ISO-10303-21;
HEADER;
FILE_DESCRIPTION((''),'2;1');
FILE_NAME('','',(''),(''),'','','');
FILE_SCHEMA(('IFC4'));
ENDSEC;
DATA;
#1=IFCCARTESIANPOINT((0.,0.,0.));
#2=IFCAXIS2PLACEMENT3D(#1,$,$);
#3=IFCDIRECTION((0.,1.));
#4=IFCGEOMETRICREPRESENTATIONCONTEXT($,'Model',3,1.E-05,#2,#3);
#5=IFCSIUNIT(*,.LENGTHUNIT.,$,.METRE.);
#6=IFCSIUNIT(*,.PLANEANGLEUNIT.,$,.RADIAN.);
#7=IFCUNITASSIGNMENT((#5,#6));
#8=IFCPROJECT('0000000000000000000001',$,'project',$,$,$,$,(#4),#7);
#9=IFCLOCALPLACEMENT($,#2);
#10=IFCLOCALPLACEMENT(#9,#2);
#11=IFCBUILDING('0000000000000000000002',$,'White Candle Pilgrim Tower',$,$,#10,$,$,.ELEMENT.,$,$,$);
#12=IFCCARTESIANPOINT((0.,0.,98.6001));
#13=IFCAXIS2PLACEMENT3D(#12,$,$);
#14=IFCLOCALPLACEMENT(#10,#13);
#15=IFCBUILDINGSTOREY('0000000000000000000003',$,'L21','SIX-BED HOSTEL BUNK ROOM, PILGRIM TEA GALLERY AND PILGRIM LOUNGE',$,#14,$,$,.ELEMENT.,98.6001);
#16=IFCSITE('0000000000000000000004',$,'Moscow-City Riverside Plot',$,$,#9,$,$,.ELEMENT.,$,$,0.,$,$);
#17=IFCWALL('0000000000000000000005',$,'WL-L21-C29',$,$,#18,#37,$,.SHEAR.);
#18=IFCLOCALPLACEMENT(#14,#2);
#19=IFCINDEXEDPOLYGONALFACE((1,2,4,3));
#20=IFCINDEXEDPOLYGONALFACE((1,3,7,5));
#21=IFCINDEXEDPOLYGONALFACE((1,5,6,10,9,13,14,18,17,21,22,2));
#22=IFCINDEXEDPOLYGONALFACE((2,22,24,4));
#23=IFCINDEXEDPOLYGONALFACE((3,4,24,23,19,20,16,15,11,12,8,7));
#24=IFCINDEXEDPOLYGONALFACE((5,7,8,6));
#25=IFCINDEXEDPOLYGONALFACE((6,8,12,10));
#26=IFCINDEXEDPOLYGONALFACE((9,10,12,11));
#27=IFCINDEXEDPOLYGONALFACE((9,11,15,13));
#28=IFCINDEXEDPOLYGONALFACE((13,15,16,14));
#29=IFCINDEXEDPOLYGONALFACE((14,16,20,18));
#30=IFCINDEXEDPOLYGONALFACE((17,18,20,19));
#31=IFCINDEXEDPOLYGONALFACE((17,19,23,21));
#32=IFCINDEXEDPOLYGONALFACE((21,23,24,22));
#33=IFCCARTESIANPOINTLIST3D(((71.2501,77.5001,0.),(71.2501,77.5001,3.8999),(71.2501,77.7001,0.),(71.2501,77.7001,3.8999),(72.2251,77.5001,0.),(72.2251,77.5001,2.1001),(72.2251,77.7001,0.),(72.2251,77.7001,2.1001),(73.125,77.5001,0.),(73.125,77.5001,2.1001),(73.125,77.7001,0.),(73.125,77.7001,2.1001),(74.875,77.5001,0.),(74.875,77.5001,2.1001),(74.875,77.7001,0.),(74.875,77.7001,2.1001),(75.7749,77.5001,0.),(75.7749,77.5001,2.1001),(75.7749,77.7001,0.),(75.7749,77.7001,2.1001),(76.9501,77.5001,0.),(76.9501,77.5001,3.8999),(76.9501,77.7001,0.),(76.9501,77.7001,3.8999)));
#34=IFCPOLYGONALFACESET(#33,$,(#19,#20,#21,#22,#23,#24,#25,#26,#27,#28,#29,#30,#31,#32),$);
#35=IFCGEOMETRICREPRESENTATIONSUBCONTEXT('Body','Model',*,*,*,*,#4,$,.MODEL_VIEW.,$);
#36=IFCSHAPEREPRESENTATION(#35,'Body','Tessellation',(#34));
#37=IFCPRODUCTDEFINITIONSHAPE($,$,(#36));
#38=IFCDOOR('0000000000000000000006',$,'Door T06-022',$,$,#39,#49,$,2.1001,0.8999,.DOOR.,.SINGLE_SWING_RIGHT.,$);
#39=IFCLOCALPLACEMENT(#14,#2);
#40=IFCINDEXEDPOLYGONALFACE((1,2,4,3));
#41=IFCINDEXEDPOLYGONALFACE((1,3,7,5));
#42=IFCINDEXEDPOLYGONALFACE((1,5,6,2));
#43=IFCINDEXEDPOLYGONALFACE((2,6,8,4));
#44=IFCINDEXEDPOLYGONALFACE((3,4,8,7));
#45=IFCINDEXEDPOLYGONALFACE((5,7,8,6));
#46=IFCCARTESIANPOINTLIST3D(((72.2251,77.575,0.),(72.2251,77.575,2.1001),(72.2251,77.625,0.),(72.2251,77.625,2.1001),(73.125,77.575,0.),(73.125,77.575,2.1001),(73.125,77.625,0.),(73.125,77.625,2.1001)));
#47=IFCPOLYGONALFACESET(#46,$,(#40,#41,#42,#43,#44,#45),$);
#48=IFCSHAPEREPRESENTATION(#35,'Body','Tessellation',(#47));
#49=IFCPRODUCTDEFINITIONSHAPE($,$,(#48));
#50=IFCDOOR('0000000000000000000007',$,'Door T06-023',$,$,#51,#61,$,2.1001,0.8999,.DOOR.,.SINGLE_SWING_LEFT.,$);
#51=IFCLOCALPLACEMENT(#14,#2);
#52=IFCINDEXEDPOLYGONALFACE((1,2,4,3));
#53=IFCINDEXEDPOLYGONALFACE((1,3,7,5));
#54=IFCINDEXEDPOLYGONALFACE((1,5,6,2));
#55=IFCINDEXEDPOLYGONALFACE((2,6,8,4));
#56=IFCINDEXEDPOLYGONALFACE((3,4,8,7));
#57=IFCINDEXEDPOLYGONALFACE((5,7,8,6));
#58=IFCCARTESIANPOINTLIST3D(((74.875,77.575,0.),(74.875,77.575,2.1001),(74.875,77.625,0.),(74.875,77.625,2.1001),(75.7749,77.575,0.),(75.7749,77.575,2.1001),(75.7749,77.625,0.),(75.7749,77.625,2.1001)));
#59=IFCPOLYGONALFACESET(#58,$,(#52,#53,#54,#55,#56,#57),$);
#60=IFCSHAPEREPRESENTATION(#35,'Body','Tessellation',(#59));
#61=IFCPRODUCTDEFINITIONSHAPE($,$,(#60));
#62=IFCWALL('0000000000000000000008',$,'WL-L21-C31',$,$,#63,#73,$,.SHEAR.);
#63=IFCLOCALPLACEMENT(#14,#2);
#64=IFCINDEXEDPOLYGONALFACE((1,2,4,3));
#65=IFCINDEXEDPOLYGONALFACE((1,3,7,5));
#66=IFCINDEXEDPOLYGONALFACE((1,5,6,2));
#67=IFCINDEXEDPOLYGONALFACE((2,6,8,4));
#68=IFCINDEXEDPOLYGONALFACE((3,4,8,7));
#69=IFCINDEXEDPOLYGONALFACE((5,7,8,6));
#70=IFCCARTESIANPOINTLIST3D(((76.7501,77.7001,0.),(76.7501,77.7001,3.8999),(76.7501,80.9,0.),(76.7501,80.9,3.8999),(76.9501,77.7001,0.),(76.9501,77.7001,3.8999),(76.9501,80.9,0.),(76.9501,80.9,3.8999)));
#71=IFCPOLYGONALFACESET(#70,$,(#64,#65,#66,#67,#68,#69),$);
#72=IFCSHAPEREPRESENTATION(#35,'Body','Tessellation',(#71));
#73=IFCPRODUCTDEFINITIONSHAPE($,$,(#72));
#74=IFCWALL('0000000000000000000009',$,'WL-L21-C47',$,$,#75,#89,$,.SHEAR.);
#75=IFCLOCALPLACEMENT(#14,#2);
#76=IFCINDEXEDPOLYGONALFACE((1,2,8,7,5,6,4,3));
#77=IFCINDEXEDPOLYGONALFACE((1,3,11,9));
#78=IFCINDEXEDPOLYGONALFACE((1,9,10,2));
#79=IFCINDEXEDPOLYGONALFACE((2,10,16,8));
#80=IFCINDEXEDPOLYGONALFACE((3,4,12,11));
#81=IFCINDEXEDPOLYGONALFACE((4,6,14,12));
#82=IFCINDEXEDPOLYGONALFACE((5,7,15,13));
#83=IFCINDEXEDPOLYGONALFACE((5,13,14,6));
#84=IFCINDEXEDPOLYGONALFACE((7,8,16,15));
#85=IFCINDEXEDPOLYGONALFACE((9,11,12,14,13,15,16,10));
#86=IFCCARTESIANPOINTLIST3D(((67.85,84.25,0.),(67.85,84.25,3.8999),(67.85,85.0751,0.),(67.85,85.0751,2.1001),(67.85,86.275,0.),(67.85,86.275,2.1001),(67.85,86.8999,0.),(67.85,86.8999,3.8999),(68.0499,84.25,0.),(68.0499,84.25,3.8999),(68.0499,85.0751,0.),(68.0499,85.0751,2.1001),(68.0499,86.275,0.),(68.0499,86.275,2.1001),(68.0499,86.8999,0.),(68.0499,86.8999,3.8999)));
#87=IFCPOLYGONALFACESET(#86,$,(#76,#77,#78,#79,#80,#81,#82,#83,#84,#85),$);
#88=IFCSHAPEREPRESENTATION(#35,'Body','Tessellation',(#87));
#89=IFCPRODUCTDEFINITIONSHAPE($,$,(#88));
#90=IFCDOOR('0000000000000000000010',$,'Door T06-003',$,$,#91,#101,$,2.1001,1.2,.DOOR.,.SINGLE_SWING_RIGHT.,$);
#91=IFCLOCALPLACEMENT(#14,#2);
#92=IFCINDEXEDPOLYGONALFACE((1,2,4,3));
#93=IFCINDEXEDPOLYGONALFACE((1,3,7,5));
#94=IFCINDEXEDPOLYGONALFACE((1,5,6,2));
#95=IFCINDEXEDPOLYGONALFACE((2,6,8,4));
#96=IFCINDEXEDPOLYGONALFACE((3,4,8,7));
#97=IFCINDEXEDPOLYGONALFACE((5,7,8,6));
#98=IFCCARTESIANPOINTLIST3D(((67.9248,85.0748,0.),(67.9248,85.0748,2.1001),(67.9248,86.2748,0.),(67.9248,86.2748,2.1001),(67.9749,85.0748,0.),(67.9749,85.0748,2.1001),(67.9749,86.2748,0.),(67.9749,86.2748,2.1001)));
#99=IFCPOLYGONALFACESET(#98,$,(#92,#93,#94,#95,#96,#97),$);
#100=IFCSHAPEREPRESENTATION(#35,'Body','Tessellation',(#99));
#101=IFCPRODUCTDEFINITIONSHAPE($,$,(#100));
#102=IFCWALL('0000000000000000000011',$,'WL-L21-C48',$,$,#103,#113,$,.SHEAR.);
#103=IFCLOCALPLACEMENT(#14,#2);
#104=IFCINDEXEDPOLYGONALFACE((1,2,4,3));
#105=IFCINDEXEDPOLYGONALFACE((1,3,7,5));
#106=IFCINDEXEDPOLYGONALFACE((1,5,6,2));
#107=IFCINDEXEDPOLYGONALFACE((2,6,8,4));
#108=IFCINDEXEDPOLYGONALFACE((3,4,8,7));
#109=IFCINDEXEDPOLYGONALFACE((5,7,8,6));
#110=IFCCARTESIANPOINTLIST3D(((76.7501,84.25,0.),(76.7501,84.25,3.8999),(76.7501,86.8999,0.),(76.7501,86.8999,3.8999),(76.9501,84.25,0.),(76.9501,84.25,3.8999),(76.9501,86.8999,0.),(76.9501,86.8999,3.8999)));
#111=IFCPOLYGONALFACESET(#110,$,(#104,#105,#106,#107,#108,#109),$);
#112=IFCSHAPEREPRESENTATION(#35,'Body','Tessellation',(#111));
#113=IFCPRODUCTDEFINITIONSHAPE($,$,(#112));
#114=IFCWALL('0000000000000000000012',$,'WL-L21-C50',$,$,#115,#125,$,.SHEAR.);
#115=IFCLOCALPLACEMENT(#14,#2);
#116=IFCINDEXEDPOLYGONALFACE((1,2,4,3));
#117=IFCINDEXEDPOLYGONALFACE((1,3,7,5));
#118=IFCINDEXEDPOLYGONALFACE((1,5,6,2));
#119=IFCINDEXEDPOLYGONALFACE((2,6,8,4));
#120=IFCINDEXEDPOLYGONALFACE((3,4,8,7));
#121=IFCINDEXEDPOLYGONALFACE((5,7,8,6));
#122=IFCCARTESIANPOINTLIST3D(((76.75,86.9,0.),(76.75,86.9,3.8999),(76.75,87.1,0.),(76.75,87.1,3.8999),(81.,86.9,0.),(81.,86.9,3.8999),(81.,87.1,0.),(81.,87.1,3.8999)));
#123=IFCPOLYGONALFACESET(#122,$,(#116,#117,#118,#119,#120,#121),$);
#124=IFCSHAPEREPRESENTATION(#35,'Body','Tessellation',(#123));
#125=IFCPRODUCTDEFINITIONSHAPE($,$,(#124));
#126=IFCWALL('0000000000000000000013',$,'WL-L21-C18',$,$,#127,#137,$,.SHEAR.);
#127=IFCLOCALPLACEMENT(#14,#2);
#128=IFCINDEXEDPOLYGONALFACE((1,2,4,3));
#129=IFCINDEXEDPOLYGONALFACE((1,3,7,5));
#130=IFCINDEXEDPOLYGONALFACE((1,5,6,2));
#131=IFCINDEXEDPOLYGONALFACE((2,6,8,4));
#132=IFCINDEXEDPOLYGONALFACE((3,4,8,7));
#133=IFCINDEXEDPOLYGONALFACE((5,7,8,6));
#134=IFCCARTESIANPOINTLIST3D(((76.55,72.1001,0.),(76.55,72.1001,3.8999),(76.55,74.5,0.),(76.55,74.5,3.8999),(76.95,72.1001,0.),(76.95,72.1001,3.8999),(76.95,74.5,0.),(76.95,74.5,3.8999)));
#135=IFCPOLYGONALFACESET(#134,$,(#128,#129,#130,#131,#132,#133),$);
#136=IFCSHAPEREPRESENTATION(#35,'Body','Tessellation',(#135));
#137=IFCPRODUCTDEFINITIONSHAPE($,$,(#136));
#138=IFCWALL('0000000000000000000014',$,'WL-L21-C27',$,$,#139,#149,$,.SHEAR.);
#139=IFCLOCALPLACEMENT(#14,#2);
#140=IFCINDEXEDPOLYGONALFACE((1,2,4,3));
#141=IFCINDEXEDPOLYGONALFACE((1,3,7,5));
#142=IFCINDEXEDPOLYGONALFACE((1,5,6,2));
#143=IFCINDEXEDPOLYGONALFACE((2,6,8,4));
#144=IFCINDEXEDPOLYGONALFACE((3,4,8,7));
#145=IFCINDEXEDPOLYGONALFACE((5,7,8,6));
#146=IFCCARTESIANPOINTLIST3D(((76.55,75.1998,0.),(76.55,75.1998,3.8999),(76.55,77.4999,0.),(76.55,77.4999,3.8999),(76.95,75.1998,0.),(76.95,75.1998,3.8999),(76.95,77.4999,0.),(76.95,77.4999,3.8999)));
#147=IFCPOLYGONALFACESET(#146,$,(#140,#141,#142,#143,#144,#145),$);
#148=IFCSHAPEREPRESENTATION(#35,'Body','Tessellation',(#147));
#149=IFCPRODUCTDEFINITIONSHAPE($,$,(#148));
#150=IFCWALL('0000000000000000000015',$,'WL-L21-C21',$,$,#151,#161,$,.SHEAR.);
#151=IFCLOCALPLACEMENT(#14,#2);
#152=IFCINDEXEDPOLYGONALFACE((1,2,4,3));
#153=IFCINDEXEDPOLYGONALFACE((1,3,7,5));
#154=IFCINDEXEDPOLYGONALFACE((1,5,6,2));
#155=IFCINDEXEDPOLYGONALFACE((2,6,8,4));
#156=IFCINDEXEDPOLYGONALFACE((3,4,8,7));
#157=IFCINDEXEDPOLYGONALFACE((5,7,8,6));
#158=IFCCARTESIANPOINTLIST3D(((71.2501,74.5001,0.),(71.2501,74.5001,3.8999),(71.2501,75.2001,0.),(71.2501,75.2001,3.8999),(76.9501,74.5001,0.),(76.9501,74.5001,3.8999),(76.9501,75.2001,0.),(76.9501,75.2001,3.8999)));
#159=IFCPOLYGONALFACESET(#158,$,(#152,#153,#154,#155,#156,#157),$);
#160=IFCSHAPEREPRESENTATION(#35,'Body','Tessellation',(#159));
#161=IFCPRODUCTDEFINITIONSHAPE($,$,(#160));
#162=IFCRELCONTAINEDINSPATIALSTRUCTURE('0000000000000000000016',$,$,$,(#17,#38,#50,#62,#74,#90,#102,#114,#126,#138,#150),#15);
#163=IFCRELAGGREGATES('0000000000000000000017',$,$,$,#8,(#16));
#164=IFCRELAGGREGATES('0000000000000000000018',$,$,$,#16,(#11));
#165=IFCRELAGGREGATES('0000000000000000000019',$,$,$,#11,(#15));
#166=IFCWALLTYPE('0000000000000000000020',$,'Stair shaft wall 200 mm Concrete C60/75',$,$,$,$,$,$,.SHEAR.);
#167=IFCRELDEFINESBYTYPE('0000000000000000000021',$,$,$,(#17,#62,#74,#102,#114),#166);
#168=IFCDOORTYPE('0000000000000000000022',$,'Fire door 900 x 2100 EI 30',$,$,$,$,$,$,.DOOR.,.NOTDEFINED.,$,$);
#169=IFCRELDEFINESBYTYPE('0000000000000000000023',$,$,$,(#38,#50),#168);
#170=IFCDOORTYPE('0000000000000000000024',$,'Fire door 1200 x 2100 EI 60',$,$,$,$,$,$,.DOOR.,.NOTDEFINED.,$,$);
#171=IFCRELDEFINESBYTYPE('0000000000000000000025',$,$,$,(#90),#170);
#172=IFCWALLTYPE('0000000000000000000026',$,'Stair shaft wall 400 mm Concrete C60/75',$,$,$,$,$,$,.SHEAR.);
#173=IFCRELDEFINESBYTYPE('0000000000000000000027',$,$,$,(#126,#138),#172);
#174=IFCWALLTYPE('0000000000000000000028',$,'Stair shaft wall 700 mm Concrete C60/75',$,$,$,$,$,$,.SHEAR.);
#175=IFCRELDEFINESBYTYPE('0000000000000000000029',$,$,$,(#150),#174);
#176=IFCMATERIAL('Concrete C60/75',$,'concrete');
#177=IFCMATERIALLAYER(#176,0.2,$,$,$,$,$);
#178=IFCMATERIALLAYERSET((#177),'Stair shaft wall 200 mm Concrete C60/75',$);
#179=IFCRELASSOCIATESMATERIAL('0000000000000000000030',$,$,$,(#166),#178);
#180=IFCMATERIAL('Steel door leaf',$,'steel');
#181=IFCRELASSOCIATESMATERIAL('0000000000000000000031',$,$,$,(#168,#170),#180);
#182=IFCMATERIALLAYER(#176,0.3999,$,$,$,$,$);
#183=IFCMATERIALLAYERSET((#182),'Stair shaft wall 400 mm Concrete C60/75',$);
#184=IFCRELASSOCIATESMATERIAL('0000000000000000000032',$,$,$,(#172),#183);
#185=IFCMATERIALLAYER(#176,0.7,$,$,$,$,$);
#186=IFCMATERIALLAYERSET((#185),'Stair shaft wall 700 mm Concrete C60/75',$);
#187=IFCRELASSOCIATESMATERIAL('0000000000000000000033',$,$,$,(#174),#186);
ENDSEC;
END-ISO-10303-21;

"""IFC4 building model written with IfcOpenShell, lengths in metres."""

from ifc_helpers import new_model, si_unit, direction, frame, frame_2d, origin, place, context, subcontext, project, spatial, rectangle, extrude, material, layer, layer_set, type_object, element, fill, save


model = new_model("IFC4")

# Units and contexts
model_context = context("Model", 3, precision=1e-05, world=origin(), true_north=direction((0.0, 1.0)))
body_context = subcontext(model_context, "Body", "Model", "MODEL_VIEW")
ifc_project = project(units=[si_unit("LENGTHUNIT", "METRE"), si_unit("PLANEANGLEUNIT", "RADIAN")], contexts=[model_context])

# Site, building, storey
site_placement = place(None, origin())
site = spatial("IfcSite", under=ifc_project, at=site_placement, Name="Moscow-City Riverside Plot", CompositionType="ELEMENT", RefElevation=0.0)
building_placement = place(site_placement, origin())
building = spatial("IfcBuilding", under=site, at=building_placement, Name="White Candle Pilgrim Tower", CompositionType="ELEMENT")
storey_placement = place(building_placement, frame((0.0, 0.0, 98.6001)))
storey = spatial("IfcBuildingStorey", under=building, at=storey_placement, Name="L21", Description="SIX-BED HOSTEL BUNK ROOM, PILGRIM TEA GALLERY AND PILGRIM LOUNGE", CompositionType="ELEMENT", Elevation=98.6001)

# Shared definitions
ifc_material_1 = material(Name="Concrete C60/75", Category="concrete")

# Wall, openings, doors
ifc_layer_1 = layer(ifc_material_1, 0.2)
ifc_layer_set_1 = layer_set([ifc_layer_1], Name="Stair shaft wall 200 mm Concrete C60/75")
wall_type_1 = type_object("IfcWallType", Name="Stair shaft wall 200 mm Concrete C60/75", PredefinedType="SHEAR", material=ifc_layer_set_1)
wall_1_placement = place(storey_placement, frame((71.25, 77.6001, 0.0), z_axis=(0.0, 0.0, 1.0), x_axis=(1.0, 0.0, 0.0)))
wall_1 = element("IfcWall", 1, at=wall_1_placement, inside=storey, type_object=wall_type_1, Name="WL-L21-C29", PredefinedType="SHEAR", context=body_context, shape_type="SweptSolid", body=[
    extrude(rectangle(XDim=5.7, YDim=0.2, at=frame_2d((2.8501, 0.0))), origin(), (0.0, 0.0, 1.0), 3.8999),
])
opening_1_placement = place(wall_1_placement, frame((0.9751, 0.0, 0.0)))
opening_1 = element("IfcOpeningElement", 2, at=opening_1_placement, cuts=wall_1, PredefinedType="OPENING", context=body_context, shape_type="SweptSolid", body=[
    extrude(rectangle(XDim=0.8999, YDim=2.1001, at=frame_2d((0.45, 1.05))), frame((0.0, 0.1099, 0.0), z_axis=(0.0, -1.0, 0.0), x_axis=(1.0, 0.0, 0.0)), (0.0, 0.0, 1.0), 0.22),
])
opening_2_placement = place(wall_1_placement, frame((3.625, 0.0, 0.0)))
opening_2 = element("IfcOpeningElement", 3, at=opening_2_placement, cuts=wall_1, PredefinedType="OPENING", context=body_context, shape_type="SweptSolid", body=[
    extrude(rectangle(XDim=0.8999, YDim=2.1001, at=frame_2d((0.45, 1.05))), frame((0.0, 0.1099, 0.0), z_axis=(0.0, -1.0, 0.0), x_axis=(1.0, 0.0, 0.0)), (0.0, 0.0, 1.0), 0.22),
])
ifc_material_2 = material(Name="Steel door leaf", Category="steel")
door_type_1 = type_object("IfcDoorType", Name="Fire door 900 x 2100 EI 30", OperationType="NOTDEFINED", PredefinedType="DOOR", material=ifc_material_2)
door_1_placement = place(opening_1_placement, origin())
door_1 = element("IfcDoor", 4, at=door_1_placement, inside=storey, type_object=door_type_1, Name="Door T06-022", OperationType="SINGLE_SWING_RIGHT", OverallHeight=2.1001, OverallWidth=0.8999, PredefinedType="DOOR", context=body_context, shape_type="SweptSolid", body=[
    extrude(rectangle(XDim=0.8999, YDim=2.1001, at=frame_2d((0.45, 1.05))), frame((0.0, 0.0249, 0.0), z_axis=(0.0, -1.0, 0.0), x_axis=(1.0, 0.0, 0.0)), (0.0, 0.0, 1.0), 0.05),
])
fill(opening_1, door_1)
door_2_placement = place(opening_2_placement, origin())
door_2 = element("IfcDoor", 5, at=door_2_placement, inside=storey, type_object=door_type_1, Name="Door T06-023", OperationType="SINGLE_SWING_LEFT", OverallHeight=2.1001, OverallWidth=0.8999, PredefinedType="DOOR", context=body_context, shape_type="SweptSolid", body=[
    extrude(rectangle(XDim=0.8999, YDim=2.1001, at=frame_2d((0.45, 1.05))), frame((0.0, 0.0249, 0.0), z_axis=(0.0, -1.0, 0.0), x_axis=(1.0, 0.0, 0.0)), (0.0, 0.0, 1.0), 0.05),
])
fill(opening_2, door_2)

# Wall
wall_2_placement = place(storey_placement, frame((76.8501, 77.7, 0.0), z_axis=(0.0, 0.0, 1.0), x_axis=(0.0, 1.0, 0.0)))
element("IfcWall", 6, at=wall_2_placement, inside=storey, type_object=wall_type_1, Name="WL-L21-C31", PredefinedType="SHEAR", context=body_context, shape_type="SweptSolid", body=[
    extrude(rectangle(XDim=3.2, YDim=0.2, at=frame_2d((1.6001, 0.0))), origin(), (0.0, 0.0, 1.0), 3.8999),
])

# Wall, opening, door
wall_3_placement = place(storey_placement, frame((67.95, 84.25, 0.0), z_axis=(0.0, 0.0, 1.0), x_axis=(0.0, 1.0, 0.0)))
wall_3 = element("IfcWall", 7, at=wall_3_placement, inside=storey, type_object=wall_type_1, Name="WL-L21-C47", PredefinedType="SHEAR", context=body_context, shape_type="SweptSolid", body=[
    extrude(rectangle(XDim=2.6499, YDim=0.2, at=frame_2d((1.325, 0.0))), origin(), (0.0, 0.0, 1.0), 3.8999),
])
opening_3_placement = place(wall_3_placement, frame((0.825, 0.0, 0.0)))
opening_3 = element("IfcOpeningElement", 8, at=opening_3_placement, cuts=wall_3, PredefinedType="OPENING", context=body_context, shape_type="SweptSolid", body=[
    extrude(rectangle(XDim=1.2, YDim=2.1001, at=frame_2d((0.6001, 1.05))), frame((0.0, 0.1099, 0.0), z_axis=(0.0, -1.0, 0.0), x_axis=(1.0, 0.0, 0.0)), (0.0, 0.0, 1.0), 0.22),
])
door_type_2 = type_object("IfcDoorType", Name="Fire door 1200 x 2100 EI 60", OperationType="NOTDEFINED", PredefinedType="DOOR", material=ifc_material_2)
door_3_placement = place(opening_3_placement, frame((1.2, 0.0, 0.0), z_axis=(0.0, 0.0, 1.0), x_axis=(-1.0, 0.0, 0.0)))
door_3 = element("IfcDoor", 9, at=door_3_placement, inside=storey, type_object=door_type_2, Name="Door T06-003", OperationType="SINGLE_SWING_RIGHT", OverallHeight=2.1001, OverallWidth=1.2, PredefinedType="DOOR", context=body_context, shape_type="SweptSolid", body=[
    extrude(rectangle(XDim=1.2, YDim=2.1001, at=frame_2d((0.6001, 1.05))), frame((0.0, 0.0249, 0.0), z_axis=(0.0, -1.0, 0.0), x_axis=(1.0, 0.0, 0.0)), (0.0, 0.0, 1.0), 0.05),
])
fill(opening_3, door_3)

# Walls
wall_4_placement = place(storey_placement, frame((76.8501, 84.25, 0.0), z_axis=(0.0, 0.0, 1.0), x_axis=(0.0, 1.0, 0.0)))
element("IfcWall", 10, at=wall_4_placement, inside=storey, type_object=wall_type_1, Name="WL-L21-C48", PredefinedType="SHEAR", context=body_context, shape_type="SweptSolid", body=[
    extrude(rectangle(XDim=2.6499, YDim=0.2, at=frame_2d((1.325, 0.0))), origin(), (0.0, 0.0, 1.0), 3.8999),
])
wall_5_placement = place(storey_placement, frame((76.75, 87.0, 0.0), z_axis=(0.0, 0.0, 1.0), x_axis=(1.0, 0.0, 0.0)))
element("IfcWall", 11, at=wall_5_placement, inside=storey, type_object=wall_type_1, Name="WL-L21-C50", PredefinedType="SHEAR", context=body_context, shape_type="SweptSolid", body=[
    extrude(rectangle(XDim=4.25, YDim=0.2, at=frame_2d((2.125, 0.0))), origin(), (0.0, 0.0, 1.0), 3.8999),
])
ifc_layer_2 = layer(ifc_material_1, 0.3999)
ifc_layer_set_2 = layer_set([ifc_layer_2], Name="Stair shaft wall 400 mm Concrete C60/75")
wall_type_2 = type_object("IfcWallType", Name="Stair shaft wall 400 mm Concrete C60/75", PredefinedType="SHEAR", material=ifc_layer_set_2)
wall_6_placement = place(storey_placement, frame((76.75, 72.1001, 0.0), z_axis=(0.0, 0.0, 1.0), x_axis=(0.0, 1.0, 0.0)))
element("IfcWall", 12, at=wall_6_placement, inside=storey, type_object=wall_type_2, Name="WL-L21-C18", PredefinedType="SHEAR", context=body_context, shape_type="SweptSolid", body=[
    extrude(rectangle(XDim=2.3999, YDim=0.3999, at=frame_2d((1.2, 0.0))), origin(), (0.0, 0.0, 1.0), 3.8999),
])
wall_7_placement = place(storey_placement, frame((76.75, 75.2, 0.0), z_axis=(0.0, 0.0, 1.0), x_axis=(0.0, 1.0, 0.0)))
element("IfcWall", 13, at=wall_7_placement, inside=storey, type_object=wall_type_2, Name="WL-L21-C27", PredefinedType="SHEAR", context=body_context, shape_type="SweptSolid", body=[
    extrude(rectangle(XDim=2.3, YDim=0.3999, at=frame_2d((1.1499, 0.0))), origin(), (0.0, 0.0, 1.0), 3.8999),
])
ifc_layer_3 = layer(ifc_material_1, 0.7)
ifc_layer_set_3 = layer_set([ifc_layer_3], Name="Stair shaft wall 700 mm Concrete C60/75")
wall_type_3 = type_object("IfcWallType", Name="Stair shaft wall 700 mm Concrete C60/75", PredefinedType="SHEAR", material=ifc_layer_set_3)
wall_8_placement = place(storey_placement, frame((71.25, 74.8501, 0.0), z_axis=(0.0, 0.0, 1.0), x_axis=(1.0, 0.0, 0.0)))
element("IfcWall", 14, at=wall_8_placement, inside=storey, type_object=wall_type_3, Name="WL-L21-C21", PredefinedType="SHEAR", context=body_context, shape_type="SweptSolid", body=[
    extrude(rectangle(XDim=5.7, YDim=0.7, at=frame_2d((2.8501, 0.0))), origin(), (0.0, 0.0, 1.0), 3.8999),
])

save(model, "model.ifc")
